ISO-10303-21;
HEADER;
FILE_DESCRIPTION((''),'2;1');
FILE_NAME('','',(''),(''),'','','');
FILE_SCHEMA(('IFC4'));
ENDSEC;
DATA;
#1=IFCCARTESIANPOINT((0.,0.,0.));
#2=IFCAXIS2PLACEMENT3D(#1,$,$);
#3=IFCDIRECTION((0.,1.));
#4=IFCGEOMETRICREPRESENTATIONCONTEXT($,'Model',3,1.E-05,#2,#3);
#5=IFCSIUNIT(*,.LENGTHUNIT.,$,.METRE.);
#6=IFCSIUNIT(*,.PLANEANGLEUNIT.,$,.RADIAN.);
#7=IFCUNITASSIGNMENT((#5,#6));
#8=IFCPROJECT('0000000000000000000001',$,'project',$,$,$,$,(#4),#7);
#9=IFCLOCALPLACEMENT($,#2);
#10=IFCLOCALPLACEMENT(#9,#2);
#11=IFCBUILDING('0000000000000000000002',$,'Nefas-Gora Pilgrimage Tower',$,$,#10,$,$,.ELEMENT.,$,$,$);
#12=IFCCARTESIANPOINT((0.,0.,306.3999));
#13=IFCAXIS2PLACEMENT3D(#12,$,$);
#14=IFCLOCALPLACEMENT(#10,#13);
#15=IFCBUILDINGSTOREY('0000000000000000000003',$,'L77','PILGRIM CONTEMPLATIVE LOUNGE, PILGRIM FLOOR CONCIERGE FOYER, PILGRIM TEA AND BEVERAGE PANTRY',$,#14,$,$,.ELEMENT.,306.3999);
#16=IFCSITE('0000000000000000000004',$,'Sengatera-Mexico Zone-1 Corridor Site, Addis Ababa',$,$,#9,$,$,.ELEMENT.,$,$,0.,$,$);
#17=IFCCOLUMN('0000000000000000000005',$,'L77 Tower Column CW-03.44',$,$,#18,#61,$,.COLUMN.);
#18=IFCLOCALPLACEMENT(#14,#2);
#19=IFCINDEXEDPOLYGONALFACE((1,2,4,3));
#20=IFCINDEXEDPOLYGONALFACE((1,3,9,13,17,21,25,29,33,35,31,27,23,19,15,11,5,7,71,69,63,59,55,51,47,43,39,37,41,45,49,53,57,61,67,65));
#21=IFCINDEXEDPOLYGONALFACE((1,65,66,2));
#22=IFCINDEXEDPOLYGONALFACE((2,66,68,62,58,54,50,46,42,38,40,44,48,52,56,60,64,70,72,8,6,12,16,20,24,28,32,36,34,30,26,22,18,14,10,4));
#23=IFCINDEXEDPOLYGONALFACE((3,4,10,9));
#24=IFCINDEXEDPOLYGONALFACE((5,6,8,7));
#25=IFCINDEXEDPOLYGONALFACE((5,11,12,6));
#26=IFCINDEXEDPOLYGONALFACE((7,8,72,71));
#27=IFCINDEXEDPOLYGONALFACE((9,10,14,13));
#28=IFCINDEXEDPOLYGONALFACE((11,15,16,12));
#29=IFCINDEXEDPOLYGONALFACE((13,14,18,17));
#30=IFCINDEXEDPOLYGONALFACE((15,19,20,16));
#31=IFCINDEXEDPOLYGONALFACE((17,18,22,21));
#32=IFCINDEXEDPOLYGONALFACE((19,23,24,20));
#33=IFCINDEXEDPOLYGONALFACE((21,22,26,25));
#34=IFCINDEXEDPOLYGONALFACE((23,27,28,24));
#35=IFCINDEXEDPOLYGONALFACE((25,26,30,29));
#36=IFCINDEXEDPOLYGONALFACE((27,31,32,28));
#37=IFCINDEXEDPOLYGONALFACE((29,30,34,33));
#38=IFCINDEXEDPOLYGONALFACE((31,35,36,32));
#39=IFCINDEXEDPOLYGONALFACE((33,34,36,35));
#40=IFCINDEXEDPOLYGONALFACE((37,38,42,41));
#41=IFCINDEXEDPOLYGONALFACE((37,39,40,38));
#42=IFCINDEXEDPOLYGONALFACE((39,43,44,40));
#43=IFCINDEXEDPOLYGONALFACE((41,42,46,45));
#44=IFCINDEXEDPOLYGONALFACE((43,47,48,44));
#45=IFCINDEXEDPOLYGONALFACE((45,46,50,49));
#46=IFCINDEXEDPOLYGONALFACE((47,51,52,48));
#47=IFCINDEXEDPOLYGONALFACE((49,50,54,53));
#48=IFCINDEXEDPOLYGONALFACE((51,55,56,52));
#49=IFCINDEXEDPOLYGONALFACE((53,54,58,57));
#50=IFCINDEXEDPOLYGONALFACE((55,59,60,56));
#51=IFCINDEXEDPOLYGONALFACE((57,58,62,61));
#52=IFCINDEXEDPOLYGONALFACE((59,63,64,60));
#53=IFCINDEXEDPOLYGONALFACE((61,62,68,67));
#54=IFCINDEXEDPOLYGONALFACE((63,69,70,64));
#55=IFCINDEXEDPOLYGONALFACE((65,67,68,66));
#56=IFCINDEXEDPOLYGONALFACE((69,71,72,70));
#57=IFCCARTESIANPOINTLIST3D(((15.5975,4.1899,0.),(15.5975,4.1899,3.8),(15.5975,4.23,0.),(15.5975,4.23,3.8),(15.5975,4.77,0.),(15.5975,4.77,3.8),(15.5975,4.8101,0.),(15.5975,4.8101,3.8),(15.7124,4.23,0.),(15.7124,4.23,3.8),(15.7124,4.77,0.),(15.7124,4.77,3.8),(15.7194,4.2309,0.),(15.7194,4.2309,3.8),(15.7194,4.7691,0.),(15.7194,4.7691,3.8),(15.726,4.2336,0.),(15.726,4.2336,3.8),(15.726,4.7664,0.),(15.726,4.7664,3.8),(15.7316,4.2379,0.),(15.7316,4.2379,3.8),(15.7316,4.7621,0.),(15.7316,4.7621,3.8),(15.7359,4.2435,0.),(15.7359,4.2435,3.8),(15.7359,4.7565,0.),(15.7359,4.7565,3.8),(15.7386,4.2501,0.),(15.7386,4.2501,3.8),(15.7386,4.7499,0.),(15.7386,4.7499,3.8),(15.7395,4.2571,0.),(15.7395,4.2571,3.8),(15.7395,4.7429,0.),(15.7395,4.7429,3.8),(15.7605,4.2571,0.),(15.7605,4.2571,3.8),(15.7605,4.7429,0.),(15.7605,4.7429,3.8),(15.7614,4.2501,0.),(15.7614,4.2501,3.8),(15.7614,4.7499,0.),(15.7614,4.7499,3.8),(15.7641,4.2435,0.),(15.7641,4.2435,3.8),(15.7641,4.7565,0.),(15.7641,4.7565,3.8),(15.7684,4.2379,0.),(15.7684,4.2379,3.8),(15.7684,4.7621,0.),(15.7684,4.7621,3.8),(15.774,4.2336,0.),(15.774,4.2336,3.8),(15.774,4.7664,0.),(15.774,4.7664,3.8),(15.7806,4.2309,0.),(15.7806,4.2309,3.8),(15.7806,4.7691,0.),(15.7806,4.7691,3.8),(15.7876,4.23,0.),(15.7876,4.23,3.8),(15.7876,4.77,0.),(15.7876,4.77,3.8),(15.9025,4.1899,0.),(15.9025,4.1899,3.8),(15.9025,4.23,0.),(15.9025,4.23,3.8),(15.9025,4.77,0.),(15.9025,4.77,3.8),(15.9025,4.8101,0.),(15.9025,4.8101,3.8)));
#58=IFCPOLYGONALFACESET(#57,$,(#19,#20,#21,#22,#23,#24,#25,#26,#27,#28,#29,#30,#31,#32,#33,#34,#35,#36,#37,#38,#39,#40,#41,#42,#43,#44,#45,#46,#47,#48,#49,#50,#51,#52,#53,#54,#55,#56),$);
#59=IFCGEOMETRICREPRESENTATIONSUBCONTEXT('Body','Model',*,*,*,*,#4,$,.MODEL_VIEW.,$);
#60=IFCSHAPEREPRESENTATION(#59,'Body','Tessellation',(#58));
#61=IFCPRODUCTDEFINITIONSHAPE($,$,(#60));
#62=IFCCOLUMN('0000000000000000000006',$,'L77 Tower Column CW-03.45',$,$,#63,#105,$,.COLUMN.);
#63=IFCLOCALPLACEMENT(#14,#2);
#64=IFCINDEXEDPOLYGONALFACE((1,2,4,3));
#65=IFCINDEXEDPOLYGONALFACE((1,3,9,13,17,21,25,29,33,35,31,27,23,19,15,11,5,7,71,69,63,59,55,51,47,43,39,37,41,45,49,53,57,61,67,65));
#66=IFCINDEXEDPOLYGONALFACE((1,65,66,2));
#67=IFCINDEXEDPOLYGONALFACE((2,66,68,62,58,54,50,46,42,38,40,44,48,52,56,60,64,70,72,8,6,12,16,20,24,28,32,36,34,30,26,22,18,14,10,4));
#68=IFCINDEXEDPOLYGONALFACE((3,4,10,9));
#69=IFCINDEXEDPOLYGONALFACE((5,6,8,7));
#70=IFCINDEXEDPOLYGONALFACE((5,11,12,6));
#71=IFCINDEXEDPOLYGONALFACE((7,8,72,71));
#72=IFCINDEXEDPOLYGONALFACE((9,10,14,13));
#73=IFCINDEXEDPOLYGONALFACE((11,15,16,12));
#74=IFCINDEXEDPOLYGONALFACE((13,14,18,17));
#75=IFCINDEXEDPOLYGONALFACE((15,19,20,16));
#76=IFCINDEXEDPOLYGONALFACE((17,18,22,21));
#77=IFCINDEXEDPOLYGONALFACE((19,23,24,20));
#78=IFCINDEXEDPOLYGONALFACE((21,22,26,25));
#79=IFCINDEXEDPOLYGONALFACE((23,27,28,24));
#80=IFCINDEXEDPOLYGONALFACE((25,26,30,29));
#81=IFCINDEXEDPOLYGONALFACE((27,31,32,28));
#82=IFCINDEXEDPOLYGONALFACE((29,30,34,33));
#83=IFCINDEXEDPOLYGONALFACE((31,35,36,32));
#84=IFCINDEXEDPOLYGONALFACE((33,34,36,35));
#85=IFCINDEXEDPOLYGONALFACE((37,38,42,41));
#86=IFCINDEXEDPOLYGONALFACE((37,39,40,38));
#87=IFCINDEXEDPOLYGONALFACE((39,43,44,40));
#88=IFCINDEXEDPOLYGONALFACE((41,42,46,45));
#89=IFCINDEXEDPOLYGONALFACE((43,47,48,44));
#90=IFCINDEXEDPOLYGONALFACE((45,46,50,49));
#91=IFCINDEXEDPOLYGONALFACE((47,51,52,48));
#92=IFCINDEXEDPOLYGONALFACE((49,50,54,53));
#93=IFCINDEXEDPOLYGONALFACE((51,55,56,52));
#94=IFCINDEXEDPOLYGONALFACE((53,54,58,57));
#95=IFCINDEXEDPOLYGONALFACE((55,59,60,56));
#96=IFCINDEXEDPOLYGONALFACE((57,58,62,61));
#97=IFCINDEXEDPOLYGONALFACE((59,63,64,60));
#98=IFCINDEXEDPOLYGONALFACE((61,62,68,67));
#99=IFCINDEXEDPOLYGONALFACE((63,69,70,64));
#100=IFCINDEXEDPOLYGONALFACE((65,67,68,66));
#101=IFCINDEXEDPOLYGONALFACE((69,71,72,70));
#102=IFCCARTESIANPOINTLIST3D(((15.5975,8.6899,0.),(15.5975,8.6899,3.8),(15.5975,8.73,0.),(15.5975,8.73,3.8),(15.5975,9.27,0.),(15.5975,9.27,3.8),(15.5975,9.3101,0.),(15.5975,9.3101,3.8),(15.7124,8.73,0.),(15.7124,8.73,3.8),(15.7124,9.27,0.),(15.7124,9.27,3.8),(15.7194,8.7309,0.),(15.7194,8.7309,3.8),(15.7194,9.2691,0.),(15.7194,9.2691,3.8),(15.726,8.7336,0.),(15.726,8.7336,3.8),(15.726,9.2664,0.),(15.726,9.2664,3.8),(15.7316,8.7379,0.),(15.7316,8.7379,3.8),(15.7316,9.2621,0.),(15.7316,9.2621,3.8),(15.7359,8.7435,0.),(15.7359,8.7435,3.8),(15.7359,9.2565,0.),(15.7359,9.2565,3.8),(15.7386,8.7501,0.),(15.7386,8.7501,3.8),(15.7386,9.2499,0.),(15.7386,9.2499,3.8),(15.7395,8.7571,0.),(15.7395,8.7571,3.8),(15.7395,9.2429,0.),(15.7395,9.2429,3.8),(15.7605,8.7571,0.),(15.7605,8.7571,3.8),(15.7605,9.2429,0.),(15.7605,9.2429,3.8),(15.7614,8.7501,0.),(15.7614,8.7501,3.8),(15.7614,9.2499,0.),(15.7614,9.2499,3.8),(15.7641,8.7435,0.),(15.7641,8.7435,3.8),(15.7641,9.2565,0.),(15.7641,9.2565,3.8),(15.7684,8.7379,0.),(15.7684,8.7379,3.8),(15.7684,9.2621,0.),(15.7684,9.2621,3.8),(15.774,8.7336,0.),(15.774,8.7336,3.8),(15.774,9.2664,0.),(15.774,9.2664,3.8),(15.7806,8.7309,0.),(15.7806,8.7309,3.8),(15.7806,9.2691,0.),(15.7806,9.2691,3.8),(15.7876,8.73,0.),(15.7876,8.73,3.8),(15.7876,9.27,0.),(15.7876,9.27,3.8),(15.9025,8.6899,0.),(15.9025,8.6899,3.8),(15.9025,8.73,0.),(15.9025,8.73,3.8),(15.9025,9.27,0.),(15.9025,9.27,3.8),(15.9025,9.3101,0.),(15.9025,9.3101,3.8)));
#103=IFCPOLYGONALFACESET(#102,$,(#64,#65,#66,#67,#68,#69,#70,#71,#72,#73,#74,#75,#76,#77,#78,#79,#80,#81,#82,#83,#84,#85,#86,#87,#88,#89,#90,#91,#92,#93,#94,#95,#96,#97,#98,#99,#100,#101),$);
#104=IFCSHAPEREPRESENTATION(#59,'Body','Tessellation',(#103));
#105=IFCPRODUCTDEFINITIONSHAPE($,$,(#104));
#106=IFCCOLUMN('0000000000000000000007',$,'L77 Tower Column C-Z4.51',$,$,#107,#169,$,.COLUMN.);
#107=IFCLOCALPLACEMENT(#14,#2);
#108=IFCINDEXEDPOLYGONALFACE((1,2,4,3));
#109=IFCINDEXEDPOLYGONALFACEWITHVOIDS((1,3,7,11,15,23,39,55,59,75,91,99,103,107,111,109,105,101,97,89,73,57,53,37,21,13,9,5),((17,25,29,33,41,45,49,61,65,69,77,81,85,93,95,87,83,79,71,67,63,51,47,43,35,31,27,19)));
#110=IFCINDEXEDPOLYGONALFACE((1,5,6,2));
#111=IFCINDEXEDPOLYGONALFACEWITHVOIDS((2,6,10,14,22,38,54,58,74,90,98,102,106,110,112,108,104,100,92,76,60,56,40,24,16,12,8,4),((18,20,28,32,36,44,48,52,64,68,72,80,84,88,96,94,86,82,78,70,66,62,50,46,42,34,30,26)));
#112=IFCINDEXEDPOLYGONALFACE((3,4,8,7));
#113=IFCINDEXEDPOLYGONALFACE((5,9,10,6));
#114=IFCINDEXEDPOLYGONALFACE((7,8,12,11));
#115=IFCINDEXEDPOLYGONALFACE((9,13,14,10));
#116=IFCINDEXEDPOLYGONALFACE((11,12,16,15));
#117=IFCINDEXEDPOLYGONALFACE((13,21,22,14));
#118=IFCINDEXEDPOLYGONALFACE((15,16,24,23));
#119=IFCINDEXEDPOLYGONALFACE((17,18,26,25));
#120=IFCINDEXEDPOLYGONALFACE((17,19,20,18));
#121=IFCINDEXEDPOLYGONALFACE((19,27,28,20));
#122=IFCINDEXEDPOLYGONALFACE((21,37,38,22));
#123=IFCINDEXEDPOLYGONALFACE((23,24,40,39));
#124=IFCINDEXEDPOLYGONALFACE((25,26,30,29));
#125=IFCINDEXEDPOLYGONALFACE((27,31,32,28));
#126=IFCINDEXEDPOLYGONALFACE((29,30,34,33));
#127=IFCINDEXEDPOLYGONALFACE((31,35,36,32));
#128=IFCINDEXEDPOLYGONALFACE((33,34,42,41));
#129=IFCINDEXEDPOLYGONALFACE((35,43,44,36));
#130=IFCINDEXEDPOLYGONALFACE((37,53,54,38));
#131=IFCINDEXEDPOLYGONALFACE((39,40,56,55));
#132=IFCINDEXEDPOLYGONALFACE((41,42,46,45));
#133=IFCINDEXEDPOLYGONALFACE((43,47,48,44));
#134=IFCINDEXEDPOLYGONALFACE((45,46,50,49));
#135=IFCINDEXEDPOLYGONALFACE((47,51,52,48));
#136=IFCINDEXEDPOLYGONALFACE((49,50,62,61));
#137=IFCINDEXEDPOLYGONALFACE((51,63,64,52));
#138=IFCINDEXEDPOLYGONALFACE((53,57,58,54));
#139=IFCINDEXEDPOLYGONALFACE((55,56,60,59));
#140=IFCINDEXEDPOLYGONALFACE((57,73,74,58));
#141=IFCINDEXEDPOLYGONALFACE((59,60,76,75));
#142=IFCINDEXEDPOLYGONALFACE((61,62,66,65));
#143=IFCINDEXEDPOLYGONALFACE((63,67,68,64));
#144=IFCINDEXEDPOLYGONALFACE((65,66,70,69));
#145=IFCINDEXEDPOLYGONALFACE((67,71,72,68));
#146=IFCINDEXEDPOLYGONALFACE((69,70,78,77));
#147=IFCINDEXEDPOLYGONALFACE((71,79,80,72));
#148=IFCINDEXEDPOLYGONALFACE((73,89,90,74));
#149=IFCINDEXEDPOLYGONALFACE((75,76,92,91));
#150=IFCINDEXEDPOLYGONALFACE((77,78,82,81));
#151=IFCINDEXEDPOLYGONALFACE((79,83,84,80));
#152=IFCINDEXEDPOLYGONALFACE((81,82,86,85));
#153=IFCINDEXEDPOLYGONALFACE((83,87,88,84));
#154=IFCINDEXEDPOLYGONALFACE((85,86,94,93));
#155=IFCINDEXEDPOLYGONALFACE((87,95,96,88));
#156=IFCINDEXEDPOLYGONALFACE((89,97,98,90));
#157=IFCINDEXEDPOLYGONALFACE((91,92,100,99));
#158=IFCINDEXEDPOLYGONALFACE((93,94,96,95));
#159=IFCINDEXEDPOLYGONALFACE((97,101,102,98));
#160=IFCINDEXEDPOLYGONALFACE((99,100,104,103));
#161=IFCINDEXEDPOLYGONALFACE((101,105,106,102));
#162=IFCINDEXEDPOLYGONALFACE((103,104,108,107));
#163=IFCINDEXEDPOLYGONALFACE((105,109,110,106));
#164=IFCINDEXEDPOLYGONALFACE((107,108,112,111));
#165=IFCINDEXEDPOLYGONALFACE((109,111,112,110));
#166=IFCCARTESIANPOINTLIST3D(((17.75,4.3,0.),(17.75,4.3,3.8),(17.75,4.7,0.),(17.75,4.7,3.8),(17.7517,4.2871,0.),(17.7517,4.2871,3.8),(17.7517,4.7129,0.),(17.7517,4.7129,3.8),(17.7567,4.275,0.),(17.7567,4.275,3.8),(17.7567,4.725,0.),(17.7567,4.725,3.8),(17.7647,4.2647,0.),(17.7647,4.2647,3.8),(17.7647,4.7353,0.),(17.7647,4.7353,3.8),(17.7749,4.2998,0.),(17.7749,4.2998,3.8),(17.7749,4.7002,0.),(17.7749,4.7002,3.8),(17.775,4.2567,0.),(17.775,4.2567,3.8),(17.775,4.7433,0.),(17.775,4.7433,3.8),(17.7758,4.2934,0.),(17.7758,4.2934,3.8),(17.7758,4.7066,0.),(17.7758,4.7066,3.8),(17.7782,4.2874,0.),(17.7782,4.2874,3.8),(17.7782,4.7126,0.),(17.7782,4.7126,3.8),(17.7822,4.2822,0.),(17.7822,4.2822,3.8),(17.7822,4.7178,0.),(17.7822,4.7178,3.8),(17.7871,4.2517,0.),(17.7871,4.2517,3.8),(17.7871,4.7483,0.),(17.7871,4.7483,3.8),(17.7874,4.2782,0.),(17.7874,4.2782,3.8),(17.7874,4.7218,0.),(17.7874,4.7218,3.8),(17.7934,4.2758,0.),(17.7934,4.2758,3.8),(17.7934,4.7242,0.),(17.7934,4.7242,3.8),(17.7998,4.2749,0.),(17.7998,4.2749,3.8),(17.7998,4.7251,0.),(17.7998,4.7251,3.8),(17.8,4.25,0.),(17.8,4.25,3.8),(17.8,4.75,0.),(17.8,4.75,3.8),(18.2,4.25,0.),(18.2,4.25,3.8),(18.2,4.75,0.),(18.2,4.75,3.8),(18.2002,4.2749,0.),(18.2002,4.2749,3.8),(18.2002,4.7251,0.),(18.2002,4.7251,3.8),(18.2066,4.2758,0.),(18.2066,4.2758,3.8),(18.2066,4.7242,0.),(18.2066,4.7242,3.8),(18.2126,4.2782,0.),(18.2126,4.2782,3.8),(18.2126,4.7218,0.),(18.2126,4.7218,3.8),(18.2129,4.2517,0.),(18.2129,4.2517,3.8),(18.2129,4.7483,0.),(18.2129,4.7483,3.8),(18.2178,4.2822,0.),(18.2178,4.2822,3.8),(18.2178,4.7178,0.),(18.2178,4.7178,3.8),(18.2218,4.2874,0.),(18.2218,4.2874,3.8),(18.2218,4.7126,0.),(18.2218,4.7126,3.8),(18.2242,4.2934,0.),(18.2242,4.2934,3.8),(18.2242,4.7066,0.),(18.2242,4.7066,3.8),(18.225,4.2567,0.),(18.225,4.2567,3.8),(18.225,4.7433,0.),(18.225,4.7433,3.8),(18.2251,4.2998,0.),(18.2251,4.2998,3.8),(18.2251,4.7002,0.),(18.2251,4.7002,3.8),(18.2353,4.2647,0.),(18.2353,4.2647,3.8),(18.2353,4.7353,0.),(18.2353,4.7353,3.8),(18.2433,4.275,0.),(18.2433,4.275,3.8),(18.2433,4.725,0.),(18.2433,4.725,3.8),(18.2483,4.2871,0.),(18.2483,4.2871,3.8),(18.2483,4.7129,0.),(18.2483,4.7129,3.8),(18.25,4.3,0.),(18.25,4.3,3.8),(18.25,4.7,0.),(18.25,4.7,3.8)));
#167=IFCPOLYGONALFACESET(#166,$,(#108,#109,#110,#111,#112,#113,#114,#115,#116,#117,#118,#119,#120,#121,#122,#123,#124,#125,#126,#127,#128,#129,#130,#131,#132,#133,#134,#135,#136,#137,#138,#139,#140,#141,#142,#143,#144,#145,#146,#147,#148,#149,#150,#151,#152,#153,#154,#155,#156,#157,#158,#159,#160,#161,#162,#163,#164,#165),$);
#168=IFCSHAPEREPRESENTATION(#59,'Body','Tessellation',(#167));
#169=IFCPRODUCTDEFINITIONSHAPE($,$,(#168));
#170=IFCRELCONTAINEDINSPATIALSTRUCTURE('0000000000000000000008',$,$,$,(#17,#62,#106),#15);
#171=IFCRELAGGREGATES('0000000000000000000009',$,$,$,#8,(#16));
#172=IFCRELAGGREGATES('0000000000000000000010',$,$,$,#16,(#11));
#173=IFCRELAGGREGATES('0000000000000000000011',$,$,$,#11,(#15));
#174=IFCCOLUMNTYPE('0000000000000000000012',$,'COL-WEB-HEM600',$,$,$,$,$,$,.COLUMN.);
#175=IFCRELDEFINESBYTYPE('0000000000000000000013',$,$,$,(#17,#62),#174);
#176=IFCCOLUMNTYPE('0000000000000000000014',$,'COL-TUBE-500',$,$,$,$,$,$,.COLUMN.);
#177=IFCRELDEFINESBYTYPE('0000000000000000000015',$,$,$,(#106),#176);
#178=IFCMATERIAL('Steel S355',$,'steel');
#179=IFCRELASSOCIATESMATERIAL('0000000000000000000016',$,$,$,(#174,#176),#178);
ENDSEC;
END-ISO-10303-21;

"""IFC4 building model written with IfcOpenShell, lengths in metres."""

from ifc_helpers import new_model, si_unit, direction, frame, origin, origin_2d, place, context, subcontext, project, spatial, hollow_rectangle, i_section, extrude, source, transform, mapped, material, material_profile, profile_set, type_object, element, save


model = new_model("IFC4")

# Units and contexts
model_context = context("Model", 3, precision=1e-05, world=origin(), true_north=direction((0.0, 1.0)))
body_context = subcontext(model_context, "Body", "Model", "MODEL_VIEW")
ifc_project = project(units=[si_unit("LENGTHUNIT", "METRE"), si_unit("PLANEANGLEUNIT", "RADIAN")], contexts=[model_context])

# Site, building, storey
site_placement = place(None, origin())
site = spatial("IfcSite", under=ifc_project, at=site_placement, Name="Sengatera-Mexico Zone-1 Corridor Site, Addis Ababa", CompositionType="ELEMENT", RefElevation=0.0)
building_placement = place(site_placement, origin())
building = spatial("IfcBuilding", under=site, at=building_placement, Name="Nefas-Gora Pilgrimage Tower", CompositionType="ELEMENT")
storey_placement = place(building_placement, frame((0.0, 0.0, 306.3999)))
storey = spatial("IfcBuildingStorey", under=building, at=storey_placement, Name="L77", Description="PILGRIM CONTEMPLATIVE LOUNGE, PILGRIM FLOOR CONCIERGE FOYER, PILGRIM TEA AND BEVERAGE PANTRY", CompositionType="ELEMENT", Elevation=306.3999)

# Columns
ifc_material_1 = material(Name="Steel S355", Category="steel")
ifc_material_profile_1 = material_profile(ifc_material_1, i_section(OverallWidth=0.3049, OverallDepth=0.6201, WebThickness=0.021, FlangeThickness=0.04, FilletRadius=0.0271, at=origin_2d()), Name="HEM 600")
ifc_profile_set_1 = profile_set([ifc_material_profile_1], Name="Steel S355")
column_type_1 = type_object("IfcColumnType", Name="COL-WEB-HEM600", PredefinedType="COLUMN", material=ifc_profile_set_1)
shared_shape_1 = source(origin(), body_context, "Body", "SweptSolid", [
    extrude(i_section(OverallWidth=0.3049, OverallDepth=0.6201, WebThickness=0.021, FlangeThickness=0.04, FilletRadius=0.0271, at=origin_2d()), origin(), (0.0, 0.0, 1.0), 3.8),
])
for number, where, z_axis, x_axis, name in (
    (1, (15.75, 4.5, 0.0), (0.0, 0.0, 1.0), (1.0, 0.0, 0.0), "L77 Tower Column CW-03.44"),
    (2, (15.75, 9.0, 0.0), (0.0, 0.0, 1.0), (1.0, 0.0, 0.0), "L77 Tower Column CW-03.45"),
):
    element("IfcColumn", number, at=place(storey_placement, frame(where, z_axis=z_axis, x_axis=x_axis)), inside=storey, type_object=column_type_1, Name=name, PredefinedType="COLUMN", context=body_context, shape_type="MappedRepresentation", body=[
        mapped(shared_shape_1, transform((0.0, 0.0, 0.0), x_axis=(1.0, 0.0, 0.0), y_axis=(0.0, 1.0, 0.0), z_axis=(0.0, 0.0, 1.0), scale=1.0)),
    ])
ifc_material_profile_2 = material_profile(ifc_material_1, hollow_rectangle(XDim=0.5, YDim=0.5, WallThickness=0.0249, InnerFilletRadius=0.0249, OuterFilletRadius=0.05, at=origin_2d()), Name="SHS 500x500x25")
ifc_profile_set_2 = profile_set([ifc_material_profile_2], Name="Steel S355")
column_type_2 = type_object("IfcColumnType", Name="COL-TUBE-500", PredefinedType="COLUMN", material=ifc_profile_set_2)
shared_shape_2 = source(origin(), body_context, "Body", "SweptSolid", [
    extrude(hollow_rectangle(XDim=0.5, YDim=0.5, WallThickness=0.0249, InnerFilletRadius=0.0249, OuterFilletRadius=0.05, at=origin_2d()), origin(), (0.0, 0.0, 1.0), 3.8),
])
for number, where, z_axis, x_axis, name in (
    (3, (18.0, 4.5, 0.0), (0.0, 0.0, 1.0), (1.0, 0.0, 0.0), "L77 Tower Column C-Z4.51"),
):
    element("IfcColumn", number, at=place(storey_placement, frame(where, z_axis=z_axis, x_axis=x_axis)), inside=storey, type_object=column_type_2, Name=name, PredefinedType="COLUMN", context=body_context, shape_type="MappedRepresentation", body=[
        mapped(shared_shape_2, transform((0.0, 0.0, 0.0), x_axis=(1.0, 0.0, 0.0), y_axis=(0.0, 1.0, 0.0), z_axis=(0.0, 0.0, 1.0), scale=1.0)),
    ])

save(model, "model.ifc")
